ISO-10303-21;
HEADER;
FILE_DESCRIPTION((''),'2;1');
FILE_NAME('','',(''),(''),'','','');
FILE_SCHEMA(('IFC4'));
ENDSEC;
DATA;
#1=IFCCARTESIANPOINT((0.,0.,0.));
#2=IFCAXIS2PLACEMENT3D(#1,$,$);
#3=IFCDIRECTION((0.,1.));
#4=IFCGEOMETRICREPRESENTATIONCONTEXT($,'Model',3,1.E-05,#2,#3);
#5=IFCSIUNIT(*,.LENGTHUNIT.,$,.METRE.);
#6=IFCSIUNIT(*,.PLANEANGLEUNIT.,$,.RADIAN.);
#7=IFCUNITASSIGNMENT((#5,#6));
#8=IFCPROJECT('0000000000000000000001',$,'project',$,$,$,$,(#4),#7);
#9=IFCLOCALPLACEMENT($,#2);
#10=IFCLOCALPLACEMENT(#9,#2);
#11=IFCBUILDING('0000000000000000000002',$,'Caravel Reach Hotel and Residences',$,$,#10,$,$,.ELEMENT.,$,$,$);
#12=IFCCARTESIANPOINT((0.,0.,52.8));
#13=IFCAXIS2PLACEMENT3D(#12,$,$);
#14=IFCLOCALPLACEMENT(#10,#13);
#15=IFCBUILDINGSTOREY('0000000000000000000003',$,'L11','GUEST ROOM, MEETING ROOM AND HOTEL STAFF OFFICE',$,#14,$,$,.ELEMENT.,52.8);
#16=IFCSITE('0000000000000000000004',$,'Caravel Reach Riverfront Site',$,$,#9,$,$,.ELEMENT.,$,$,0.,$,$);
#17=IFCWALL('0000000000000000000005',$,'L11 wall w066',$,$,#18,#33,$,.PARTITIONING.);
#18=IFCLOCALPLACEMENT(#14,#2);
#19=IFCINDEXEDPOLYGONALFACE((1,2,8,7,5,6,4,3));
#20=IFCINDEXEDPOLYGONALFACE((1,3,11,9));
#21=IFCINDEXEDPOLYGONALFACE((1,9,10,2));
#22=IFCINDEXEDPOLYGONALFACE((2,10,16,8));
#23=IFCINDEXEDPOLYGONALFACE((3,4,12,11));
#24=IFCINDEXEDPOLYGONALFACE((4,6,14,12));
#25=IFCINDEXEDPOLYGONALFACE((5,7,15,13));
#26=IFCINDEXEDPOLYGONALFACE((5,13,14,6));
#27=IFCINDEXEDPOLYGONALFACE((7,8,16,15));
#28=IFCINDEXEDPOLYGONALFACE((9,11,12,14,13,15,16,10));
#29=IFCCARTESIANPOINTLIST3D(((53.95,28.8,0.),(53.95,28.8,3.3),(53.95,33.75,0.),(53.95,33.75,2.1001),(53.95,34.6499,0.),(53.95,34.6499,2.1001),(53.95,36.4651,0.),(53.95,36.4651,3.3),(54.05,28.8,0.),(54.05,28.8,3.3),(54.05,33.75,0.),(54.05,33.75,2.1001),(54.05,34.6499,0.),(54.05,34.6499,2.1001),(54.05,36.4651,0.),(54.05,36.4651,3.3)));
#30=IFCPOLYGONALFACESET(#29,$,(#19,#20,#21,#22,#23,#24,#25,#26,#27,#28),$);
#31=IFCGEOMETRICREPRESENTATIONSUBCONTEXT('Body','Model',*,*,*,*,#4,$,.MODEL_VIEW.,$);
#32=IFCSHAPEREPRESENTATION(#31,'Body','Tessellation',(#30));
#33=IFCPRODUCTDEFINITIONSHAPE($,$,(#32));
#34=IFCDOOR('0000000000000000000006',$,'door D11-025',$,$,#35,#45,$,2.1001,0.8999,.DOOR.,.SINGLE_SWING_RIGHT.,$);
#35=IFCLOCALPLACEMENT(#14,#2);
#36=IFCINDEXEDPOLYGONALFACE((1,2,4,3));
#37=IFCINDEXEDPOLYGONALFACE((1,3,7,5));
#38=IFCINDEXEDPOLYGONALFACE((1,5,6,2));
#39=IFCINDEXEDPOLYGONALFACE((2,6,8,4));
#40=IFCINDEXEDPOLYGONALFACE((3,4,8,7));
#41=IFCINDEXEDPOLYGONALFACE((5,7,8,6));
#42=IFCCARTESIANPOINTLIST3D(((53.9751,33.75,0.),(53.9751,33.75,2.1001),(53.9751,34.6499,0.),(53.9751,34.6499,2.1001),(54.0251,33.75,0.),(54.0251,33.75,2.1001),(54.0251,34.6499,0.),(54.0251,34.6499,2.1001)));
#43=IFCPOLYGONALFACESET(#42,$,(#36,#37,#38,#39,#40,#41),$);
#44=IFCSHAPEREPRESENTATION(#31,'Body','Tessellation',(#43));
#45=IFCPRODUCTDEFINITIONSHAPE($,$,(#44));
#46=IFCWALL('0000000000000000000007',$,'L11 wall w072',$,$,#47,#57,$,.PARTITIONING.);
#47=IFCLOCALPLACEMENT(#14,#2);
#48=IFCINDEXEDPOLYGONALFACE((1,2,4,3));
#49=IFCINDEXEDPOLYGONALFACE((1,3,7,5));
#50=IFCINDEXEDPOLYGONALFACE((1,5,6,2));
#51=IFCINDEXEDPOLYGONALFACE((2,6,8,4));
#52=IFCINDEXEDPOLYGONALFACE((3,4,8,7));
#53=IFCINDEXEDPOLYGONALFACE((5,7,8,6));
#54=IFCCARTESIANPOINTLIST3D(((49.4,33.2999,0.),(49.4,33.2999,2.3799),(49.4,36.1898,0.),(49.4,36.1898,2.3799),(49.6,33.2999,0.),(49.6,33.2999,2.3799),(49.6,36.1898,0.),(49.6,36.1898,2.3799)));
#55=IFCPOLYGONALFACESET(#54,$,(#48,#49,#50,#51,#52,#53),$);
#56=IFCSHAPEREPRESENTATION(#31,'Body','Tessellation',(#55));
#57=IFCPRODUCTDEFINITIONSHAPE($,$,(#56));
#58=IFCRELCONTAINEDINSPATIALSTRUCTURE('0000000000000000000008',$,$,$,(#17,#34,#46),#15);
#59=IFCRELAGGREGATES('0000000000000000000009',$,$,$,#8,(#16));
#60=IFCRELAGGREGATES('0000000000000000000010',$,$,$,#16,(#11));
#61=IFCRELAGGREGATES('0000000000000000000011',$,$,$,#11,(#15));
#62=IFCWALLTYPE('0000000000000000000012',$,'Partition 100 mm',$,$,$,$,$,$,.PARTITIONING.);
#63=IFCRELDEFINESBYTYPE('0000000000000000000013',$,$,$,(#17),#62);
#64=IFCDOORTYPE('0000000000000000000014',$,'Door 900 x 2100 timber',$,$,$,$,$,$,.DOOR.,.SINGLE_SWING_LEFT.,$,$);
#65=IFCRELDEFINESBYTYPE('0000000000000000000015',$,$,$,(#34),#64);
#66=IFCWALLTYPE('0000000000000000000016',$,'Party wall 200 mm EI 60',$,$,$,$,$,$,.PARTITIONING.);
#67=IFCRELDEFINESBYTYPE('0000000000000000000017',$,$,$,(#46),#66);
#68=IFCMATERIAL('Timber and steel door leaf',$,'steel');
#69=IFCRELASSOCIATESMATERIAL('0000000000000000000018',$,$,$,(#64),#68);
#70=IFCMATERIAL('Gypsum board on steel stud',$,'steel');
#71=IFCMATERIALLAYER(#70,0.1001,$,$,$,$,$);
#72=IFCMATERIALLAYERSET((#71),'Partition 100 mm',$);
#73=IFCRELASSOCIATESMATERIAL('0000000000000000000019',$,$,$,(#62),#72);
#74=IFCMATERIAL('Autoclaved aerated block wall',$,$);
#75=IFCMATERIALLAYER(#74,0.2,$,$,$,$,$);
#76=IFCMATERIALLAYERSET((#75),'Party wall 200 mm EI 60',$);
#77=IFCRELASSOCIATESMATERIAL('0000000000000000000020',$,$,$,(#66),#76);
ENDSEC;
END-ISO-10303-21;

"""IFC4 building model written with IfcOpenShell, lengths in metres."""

from ifc_helpers import new_model, si_unit, direction, frame, frame_2d, origin, place, context, subcontext, project, spatial, rectangle, extrude, material, layer, layer_set, type_object, element, fill, save


model = new_model("IFC4")

# Units and contexts
model_context = context("Model", 3, precision=1e-05, world=origin(), true_north=direction((0.0, 1.0)))
body_context = subcontext(model_context, "Body", "Model", "MODEL_VIEW")
ifc_project = project(units=[si_unit("LENGTHUNIT", "METRE"), si_unit("PLANEANGLEUNIT", "RADIAN")], contexts=[model_context])

# Site, building, storey
site_placement = place(None, origin())
site = spatial("IfcSite", under=ifc_project, at=site_placement, Name="Caravel Reach Riverfront Site", CompositionType="ELEMENT", RefElevation=0.0)
building_placement = place(site_placement, origin())
building = spatial("IfcBuilding", under=site, at=building_placement, Name="Caravel Reach Hotel and Residences", CompositionType="ELEMENT")
storey_placement = place(building_placement, frame((0.0, 0.0, 52.8)))
storey = spatial("IfcBuildingStorey", under=building, at=storey_placement, Name="L11", Description="GUEST ROOM, MEETING ROOM AND HOTEL STAFF OFFICE", CompositionType="ELEMENT", Elevation=52.8)

# Shared definitions
ifc_material_1 = material(Name="Timber and steel door leaf", Category="steel")
door_type_1 = type_object("IfcDoorType", Name="Door 900 x 2100 timber", OperationType="SINGLE_SWING_LEFT", PredefinedType="DOOR", material=ifc_material_1)

# Shared definitions
ifc_material_2 = material(Name="Gypsum board on steel stud", Category="steel")
ifc_layer_1 = layer(ifc_material_2, 0.1001)
ifc_layer_set_1 = layer_set([ifc_layer_1], Name="Partition 100 mm")
wall_type_1 = type_object("IfcWallType", Name="Partition 100 mm", PredefinedType="PARTITIONING", material=ifc_layer_set_1)

# Wall, opening, door
wall_1_placement = place(storey_placement, frame((54.0, 28.8, 0.0), z_axis=(0.0, 0.0, 1.0), x_axis=(0.0, 1.0, 0.0)))
wall_1 = element("IfcWall", 1, at=wall_1_placement, inside=storey, type_object=wall_type_1, Name="L11 wall w066", PredefinedType="PARTITIONING", context=body_context, shape_type="SweptSolid", body=[
    extrude(rectangle(XDim=7.665, YDim=0.1001, at=frame_2d((3.8325, 0.0))), origin(), (0.0, 0.0, 1.0), 3.3),
])
opening_1_placement = place(wall_1_placement, frame((4.95, 0.0, 0.0)))
opening_1 = element("IfcOpeningElement", 2, at=opening_1_placement, cuts=wall_1, PredefinedType="OPENING", context=body_context, shape_type="SweptSolid", body=[
    extrude(rectangle(XDim=0.8999, YDim=2.1001, at=frame_2d((0.45, 1.05))), frame((0.0, 0.0601, 0.0), z_axis=(0.0, -1.0, 0.0), x_axis=(1.0, 0.0, 0.0)), (0.0, 0.0, 1.0), 0.1201),
])
door_1_placement = place(opening_1_placement, origin())
door_1 = element("IfcDoor", 3, at=door_1_placement, inside=storey, type_object=door_type_1, Name="door D11-025", OperationType="SINGLE_SWING_RIGHT", OverallHeight=2.1001, OverallWidth=0.8999, PredefinedType="DOOR", context=body_context, shape_type="SweptSolid", body=[
    extrude(rectangle(XDim=0.8999, YDim=2.1001, at=frame_2d((0.45, 1.05))), frame((0.0, 0.0249, 0.0), z_axis=(0.0, -1.0, 0.0), x_axis=(1.0, 0.0, 0.0)), (0.0, 0.0, 1.0), 0.05),
])
fill(opening_1, door_1)

# Wall
ifc_material_3 = material(Name="Autoclaved aerated block wall")
ifc_layer_2 = layer(ifc_material_3, 0.2)
ifc_layer_set_2 = layer_set([ifc_layer_2], Name="Party wall 200 mm EI 60")
wall_type_2 = type_object("IfcWallType", Name="Party wall 200 mm EI 60", PredefinedType="PARTITIONING", material=ifc_layer_set_2)
wall_2_placement = place(storey_placement, frame((49.5, 33.3, 0.0), z_axis=(0.0, 0.0, 1.0), x_axis=(0.0, 1.0, 0.0)))
element("IfcWall", 4, at=wall_2_placement, inside=storey, type_object=wall_type_2, Name="L11 wall w072", PredefinedType="PARTITIONING", context=body_context, shape_type="SweptSolid", body=[
    extrude(rectangle(XDim=2.8899, YDim=0.2, at=frame_2d((1.4448, 0.0))), origin(), (0.0, 0.0, 1.0), 2.3799),
])

save(model, "model.ifc")
